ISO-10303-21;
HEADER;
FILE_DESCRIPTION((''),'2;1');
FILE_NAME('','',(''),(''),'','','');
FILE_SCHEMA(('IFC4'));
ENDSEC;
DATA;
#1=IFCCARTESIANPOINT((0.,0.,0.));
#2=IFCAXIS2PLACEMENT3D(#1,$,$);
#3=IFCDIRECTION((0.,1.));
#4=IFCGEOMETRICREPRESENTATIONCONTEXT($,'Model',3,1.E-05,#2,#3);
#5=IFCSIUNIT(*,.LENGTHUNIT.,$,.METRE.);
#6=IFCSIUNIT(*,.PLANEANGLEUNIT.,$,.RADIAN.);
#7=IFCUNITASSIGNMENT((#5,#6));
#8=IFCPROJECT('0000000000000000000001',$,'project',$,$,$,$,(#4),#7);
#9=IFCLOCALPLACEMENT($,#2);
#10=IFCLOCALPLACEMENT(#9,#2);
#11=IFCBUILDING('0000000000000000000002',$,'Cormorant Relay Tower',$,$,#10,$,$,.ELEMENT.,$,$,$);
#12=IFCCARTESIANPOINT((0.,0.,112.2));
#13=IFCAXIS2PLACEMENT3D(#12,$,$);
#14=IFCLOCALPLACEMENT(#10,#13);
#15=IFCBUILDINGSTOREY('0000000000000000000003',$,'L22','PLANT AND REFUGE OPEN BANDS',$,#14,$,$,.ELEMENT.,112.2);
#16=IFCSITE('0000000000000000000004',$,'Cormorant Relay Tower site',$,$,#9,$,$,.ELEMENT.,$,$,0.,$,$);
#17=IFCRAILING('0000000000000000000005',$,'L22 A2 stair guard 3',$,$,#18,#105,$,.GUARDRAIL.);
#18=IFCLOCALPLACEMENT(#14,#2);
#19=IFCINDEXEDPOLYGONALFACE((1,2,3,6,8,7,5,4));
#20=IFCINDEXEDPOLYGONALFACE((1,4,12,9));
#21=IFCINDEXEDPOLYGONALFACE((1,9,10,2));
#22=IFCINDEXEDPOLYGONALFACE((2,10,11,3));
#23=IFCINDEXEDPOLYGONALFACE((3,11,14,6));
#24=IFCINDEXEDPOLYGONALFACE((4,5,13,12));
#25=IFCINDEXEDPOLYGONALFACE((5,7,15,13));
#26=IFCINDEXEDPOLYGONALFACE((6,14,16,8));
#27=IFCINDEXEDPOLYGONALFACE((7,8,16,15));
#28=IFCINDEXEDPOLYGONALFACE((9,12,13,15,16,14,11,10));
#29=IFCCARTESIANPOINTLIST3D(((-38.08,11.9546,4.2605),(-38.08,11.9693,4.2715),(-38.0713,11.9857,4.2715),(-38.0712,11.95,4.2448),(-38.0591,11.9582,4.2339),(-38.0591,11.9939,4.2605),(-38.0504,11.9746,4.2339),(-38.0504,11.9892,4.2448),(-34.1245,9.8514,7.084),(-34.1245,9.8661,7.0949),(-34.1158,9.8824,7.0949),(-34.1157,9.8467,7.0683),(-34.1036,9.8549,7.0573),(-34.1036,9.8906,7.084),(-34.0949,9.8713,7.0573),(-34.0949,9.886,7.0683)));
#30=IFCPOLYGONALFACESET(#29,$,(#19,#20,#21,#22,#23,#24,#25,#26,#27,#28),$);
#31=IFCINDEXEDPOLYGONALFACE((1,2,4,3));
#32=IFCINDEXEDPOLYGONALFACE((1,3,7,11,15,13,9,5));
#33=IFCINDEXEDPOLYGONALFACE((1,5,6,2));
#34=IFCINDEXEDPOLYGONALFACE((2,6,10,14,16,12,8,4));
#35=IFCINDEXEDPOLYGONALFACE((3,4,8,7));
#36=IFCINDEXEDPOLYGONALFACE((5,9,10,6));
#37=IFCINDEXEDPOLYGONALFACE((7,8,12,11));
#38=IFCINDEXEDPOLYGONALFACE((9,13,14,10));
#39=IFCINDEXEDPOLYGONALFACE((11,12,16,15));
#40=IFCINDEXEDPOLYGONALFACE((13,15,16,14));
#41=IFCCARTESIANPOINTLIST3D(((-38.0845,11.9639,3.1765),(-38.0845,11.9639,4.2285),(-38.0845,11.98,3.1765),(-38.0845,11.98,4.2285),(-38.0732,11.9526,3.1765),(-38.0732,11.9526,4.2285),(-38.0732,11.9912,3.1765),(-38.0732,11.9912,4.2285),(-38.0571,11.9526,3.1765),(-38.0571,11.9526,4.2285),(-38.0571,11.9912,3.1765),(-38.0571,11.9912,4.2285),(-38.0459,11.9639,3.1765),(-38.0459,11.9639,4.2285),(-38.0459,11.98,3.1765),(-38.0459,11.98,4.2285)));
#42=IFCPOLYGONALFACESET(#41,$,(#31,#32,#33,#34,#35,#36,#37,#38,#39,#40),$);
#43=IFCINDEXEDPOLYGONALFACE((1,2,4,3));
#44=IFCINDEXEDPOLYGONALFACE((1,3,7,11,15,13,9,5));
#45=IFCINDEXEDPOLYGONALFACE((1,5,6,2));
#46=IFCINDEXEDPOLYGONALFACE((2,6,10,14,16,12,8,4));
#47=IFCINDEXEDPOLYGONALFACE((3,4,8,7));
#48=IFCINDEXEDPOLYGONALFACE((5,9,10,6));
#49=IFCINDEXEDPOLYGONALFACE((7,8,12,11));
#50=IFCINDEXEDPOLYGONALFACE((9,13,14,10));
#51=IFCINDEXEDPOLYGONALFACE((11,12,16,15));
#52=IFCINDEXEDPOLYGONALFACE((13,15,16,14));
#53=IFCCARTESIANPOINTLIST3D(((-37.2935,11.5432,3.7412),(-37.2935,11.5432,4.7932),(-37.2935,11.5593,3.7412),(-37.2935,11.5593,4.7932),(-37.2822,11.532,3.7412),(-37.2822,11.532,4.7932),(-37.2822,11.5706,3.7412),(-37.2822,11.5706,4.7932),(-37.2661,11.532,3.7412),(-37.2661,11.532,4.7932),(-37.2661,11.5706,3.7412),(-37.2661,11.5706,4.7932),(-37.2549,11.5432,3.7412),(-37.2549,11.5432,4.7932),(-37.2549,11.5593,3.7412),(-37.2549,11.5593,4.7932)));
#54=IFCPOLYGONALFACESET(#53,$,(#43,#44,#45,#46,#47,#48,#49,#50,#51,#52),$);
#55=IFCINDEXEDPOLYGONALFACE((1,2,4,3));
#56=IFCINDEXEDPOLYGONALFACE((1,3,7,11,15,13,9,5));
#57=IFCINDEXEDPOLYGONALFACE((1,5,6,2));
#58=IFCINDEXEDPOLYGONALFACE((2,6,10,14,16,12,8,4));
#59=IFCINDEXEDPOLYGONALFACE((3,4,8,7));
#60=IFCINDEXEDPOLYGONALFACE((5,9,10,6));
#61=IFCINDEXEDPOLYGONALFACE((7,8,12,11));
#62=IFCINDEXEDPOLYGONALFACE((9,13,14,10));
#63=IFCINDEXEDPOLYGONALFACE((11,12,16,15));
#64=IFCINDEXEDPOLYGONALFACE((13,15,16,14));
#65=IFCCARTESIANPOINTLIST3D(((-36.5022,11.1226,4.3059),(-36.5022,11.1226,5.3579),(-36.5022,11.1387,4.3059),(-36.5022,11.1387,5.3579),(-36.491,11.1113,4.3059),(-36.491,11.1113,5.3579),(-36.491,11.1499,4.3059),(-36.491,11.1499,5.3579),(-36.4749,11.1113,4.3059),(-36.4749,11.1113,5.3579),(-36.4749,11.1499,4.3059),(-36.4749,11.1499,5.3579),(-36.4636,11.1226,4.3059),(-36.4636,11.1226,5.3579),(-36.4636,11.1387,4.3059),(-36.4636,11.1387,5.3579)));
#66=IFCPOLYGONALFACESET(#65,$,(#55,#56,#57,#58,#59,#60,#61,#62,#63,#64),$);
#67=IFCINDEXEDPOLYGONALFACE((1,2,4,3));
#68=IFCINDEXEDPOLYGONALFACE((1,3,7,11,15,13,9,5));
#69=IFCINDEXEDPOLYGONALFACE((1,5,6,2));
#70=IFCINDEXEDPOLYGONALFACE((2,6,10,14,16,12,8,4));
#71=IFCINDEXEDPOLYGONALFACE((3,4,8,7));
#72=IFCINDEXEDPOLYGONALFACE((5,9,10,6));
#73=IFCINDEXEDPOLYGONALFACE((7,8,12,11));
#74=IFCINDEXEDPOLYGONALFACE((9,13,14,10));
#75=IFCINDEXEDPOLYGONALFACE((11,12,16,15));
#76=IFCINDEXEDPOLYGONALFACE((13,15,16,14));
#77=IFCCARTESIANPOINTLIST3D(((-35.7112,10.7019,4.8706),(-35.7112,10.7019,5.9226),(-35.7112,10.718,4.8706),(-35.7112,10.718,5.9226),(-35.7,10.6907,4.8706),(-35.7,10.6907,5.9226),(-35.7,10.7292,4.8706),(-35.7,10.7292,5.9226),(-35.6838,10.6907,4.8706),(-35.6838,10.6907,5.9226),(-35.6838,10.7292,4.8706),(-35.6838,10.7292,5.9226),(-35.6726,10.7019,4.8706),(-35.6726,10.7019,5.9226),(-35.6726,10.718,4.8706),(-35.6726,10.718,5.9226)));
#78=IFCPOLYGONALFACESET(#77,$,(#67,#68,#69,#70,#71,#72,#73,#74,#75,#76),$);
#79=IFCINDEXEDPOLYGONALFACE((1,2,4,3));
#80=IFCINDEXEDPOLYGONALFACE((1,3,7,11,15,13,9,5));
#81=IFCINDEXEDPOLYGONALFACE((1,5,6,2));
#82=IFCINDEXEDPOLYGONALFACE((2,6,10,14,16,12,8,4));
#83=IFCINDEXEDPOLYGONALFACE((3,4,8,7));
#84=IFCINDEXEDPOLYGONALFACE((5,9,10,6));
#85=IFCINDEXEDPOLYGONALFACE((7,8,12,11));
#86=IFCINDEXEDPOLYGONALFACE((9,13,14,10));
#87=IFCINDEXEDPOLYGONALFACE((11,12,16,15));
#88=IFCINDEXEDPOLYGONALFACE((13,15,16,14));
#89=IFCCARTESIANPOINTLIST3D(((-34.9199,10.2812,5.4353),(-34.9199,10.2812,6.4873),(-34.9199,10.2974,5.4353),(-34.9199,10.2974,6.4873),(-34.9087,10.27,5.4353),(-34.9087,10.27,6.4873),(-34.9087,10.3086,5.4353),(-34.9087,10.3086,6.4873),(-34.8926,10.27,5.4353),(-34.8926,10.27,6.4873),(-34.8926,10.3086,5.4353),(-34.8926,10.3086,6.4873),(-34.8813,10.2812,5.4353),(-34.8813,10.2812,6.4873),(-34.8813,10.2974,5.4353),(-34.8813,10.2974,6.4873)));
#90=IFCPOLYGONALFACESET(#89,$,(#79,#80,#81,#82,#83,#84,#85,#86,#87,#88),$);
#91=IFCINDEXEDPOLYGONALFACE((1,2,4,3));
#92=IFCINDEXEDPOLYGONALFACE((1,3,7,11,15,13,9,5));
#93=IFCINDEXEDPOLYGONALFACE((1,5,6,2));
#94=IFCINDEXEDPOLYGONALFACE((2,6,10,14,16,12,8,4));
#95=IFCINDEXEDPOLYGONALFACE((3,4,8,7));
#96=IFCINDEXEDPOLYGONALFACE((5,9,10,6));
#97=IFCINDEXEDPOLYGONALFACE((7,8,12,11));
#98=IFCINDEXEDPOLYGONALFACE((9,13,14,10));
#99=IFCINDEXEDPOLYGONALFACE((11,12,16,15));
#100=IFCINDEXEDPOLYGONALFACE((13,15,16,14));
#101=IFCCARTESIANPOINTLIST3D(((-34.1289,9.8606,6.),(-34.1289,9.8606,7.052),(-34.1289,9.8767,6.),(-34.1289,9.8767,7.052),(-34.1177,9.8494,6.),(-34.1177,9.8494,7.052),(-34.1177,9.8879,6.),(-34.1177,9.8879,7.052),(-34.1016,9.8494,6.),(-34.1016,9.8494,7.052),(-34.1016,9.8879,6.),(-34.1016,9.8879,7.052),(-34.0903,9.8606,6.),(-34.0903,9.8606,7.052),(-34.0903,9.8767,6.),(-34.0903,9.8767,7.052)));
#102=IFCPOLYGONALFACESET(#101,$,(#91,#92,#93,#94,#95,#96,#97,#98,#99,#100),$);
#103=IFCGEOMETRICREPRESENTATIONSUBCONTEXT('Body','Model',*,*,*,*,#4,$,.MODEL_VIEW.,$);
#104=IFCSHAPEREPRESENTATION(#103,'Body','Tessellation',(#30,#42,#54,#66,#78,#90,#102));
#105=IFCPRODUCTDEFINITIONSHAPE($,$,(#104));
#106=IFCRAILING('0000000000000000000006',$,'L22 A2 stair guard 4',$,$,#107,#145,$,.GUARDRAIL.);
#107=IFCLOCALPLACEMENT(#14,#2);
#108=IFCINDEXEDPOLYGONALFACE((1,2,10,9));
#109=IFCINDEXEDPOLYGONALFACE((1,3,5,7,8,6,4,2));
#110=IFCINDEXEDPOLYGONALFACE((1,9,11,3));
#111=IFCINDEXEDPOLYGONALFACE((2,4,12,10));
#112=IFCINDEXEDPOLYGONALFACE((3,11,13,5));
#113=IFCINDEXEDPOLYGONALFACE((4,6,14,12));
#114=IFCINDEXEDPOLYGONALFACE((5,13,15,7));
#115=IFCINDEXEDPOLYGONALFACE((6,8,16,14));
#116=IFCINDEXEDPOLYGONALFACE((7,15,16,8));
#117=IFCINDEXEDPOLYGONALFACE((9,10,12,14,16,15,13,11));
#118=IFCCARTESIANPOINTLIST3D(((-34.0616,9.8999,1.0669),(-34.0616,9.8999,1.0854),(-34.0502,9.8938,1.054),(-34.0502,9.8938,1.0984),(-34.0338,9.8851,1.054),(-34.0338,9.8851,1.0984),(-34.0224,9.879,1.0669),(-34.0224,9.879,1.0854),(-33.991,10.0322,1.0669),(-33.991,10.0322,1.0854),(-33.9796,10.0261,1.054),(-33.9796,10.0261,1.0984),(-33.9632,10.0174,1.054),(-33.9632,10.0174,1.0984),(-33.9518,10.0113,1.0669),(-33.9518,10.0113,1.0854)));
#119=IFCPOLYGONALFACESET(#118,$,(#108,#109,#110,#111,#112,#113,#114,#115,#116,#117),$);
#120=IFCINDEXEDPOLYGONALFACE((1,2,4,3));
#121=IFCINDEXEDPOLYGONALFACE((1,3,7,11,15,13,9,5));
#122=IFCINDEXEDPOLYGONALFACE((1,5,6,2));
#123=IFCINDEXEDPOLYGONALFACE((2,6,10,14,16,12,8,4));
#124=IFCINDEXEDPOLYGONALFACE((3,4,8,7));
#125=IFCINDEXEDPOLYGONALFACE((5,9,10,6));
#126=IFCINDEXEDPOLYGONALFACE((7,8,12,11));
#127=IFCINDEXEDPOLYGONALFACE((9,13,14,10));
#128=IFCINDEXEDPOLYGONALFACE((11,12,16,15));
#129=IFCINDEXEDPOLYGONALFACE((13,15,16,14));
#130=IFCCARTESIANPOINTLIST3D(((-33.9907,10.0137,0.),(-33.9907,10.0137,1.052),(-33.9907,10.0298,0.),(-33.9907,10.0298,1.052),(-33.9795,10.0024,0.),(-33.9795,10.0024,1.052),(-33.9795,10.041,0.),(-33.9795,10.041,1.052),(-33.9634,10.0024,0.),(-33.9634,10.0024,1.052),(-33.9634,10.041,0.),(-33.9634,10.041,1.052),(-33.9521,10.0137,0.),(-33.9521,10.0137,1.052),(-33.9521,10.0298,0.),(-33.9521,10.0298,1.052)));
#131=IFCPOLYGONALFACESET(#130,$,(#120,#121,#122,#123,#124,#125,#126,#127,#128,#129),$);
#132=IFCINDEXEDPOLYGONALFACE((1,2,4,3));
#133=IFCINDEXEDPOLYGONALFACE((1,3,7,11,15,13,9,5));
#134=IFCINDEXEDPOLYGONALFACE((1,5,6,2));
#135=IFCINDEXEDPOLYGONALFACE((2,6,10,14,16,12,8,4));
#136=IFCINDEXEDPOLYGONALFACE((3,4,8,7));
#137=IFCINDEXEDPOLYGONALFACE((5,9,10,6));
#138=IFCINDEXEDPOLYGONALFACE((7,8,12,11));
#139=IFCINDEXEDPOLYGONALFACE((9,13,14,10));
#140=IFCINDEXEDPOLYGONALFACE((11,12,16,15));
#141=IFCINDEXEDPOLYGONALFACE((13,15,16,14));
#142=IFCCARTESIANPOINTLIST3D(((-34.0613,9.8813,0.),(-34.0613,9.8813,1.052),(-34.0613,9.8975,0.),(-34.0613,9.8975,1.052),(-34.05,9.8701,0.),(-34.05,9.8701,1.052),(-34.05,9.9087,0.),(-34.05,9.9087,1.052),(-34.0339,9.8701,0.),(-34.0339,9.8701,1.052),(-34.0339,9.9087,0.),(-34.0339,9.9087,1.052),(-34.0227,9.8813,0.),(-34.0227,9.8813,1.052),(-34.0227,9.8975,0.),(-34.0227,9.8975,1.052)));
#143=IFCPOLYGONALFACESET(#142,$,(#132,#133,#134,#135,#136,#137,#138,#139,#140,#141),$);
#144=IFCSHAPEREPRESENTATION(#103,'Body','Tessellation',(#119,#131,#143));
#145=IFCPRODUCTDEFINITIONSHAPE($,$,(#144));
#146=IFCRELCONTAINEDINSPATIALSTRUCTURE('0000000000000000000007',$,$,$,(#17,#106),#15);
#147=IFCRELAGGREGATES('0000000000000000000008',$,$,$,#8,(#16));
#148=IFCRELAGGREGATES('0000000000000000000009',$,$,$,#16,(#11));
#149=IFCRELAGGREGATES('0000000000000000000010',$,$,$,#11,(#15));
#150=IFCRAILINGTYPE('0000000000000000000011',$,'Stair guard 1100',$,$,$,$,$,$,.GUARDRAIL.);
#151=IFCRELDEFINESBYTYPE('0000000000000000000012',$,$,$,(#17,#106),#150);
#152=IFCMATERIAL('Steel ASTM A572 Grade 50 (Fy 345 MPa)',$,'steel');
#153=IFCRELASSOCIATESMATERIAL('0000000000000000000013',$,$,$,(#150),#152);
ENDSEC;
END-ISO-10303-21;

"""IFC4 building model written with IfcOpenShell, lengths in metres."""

from ifc_helpers import new_model, si_unit, direction, frame, origin, place, context, subcontext, project, spatial, polyline, outline, extrude, material, type_object, element, save


model = new_model("IFC4")

# Units and contexts
model_context = context("Model", 3, precision=1e-05, world=origin(), true_north=direction((0.0, 1.0)))
body_context = subcontext(model_context, "Body", "Model", "MODEL_VIEW")
ifc_project = project(units=[si_unit("LENGTHUNIT", "METRE"), si_unit("PLANEANGLEUNIT", "RADIAN")], contexts=[model_context])

# Site, building, storey
site_placement = place(None, origin())
site = spatial("IfcSite", under=ifc_project, at=site_placement, Name="Cormorant Relay Tower site", CompositionType="ELEMENT", RefElevation=0.0)
building_placement = place(site_placement, origin())
building = spatial("IfcBuilding", under=site, at=building_placement, Name="Cormorant Relay Tower", CompositionType="ELEMENT")
storey_placement = place(building_placement, frame((0.0, 0.0, 112.2)))
storey = spatial("IfcBuildingStorey", under=building, at=storey_placement, Name="L22", Description="PLANT AND REFUGE OPEN BANDS", CompositionType="ELEMENT", Elevation=112.2)

# Railings
ifc_material_1 = material(Name="Steel ASTM A572 Grade 50 (Fy 345 MPa)", Category="steel")
railing_type_1 = type_object("IfcRailingType", Name="Stair guard 1100", PredefinedType="GUARDRAIL", material=ifc_material_1)
railing_1_placement = place(storey_placement, frame((-38.0652, 11.9719, 3.1765)))
element("IfcRailing", 1, at=railing_1_placement, inside=storey, type_object=railing_type_1, Name="L22 A2 stair guard 3", PredefinedType="GUARDRAIL", context=body_context, shape_type="SweptSolid", body=[
    extrude(outline(polyline([(0.0222, 0.0093), (0.0093, 0.0222), (-0.0093, 0.0222), (-0.0222, 0.0093), (-0.0222, -0.0093), (-0.0093, -0.0222), (0.0093, -0.0222), (0.0222, -0.0093), (0.0222, 0.0093)])), frame((0.0, 0.0, 1.0762), z_axis=(0.746967, -0.397181, 0.533186), x_axis=(0.469482, 0.882942, 0.0)), (0.0, 0.0, 1.0), 5.2954),
    extrude(outline(polyline([(0.0193, 0.0081), (0.0081, 0.0193), (-0.0081, 0.0193), (-0.0193, 0.0081), (-0.0193, -0.0081), (-0.0081, -0.0193), (0.0081, -0.0193), (0.0193, -0.0081), (0.0193, 0.0081)])), origin(), (0.0, 0.0, 1.0), 1.052),
    extrude(outline(polyline([(0.0193, 0.0081), (0.0081, 0.0193), (-0.0081, 0.0193), (-0.0193, 0.0081), (-0.0193, -0.0081), (-0.0081, -0.0193), (0.0081, -0.0193), (0.0193, -0.0081), (0.0193, 0.0081)])), frame((0.791, -0.4207, 0.5647)), (0.0, 0.0, 1.0), 1.052),
    extrude(outline(polyline([(0.0193, 0.0081), (0.0081, 0.0193), (-0.0081, 0.0193), (-0.0193, 0.0081), (-0.0193, -0.0081), (-0.0081, -0.0193), (0.0081, -0.0193), (0.0193, -0.0081), (0.0193, 0.0081)])), frame((1.5823, -0.8413, 1.1294)), (0.0, 0.0, 1.0), 1.052),
    extrude(outline(polyline([(0.0193, 0.0081), (0.0081, 0.0193), (-0.0081, 0.0193), (-0.0193, 0.0081), (-0.0193, -0.0081), (-0.0081, -0.0193), (0.0081, -0.0193), (0.0193, -0.0081), (0.0193, 0.0081)])), frame((2.3733, -1.262, 1.6941)), (0.0, 0.0, 1.0), 1.052),
    extrude(outline(polyline([(0.0193, 0.0081), (0.0081, 0.0193), (-0.0081, 0.0193), (-0.0193, 0.0081), (-0.0193, -0.0081), (-0.0081, -0.0193), (0.0081, -0.0193), (0.0193, -0.0081), (0.0193, 0.0081)])), frame((3.1646, -1.6826, 2.2588)), (0.0, 0.0, 1.0), 1.052),
    extrude(outline(polyline([(0.0193, 0.0081), (0.0081, 0.0193), (-0.0081, 0.0193), (-0.0193, 0.0081), (-0.0193, -0.0081), (-0.0081, -0.0193), (0.0081, -0.0193), (0.0193, -0.0081), (0.0193, 0.0081)])), frame((3.9556, -2.1033, 2.8235)), (0.0, 0.0, 1.0), 1.052),
])
railing_2_placement = place(storey_placement, frame((-33.9714, 10.0217, 0.0)))
element("IfcRailing", 2, at=railing_2_placement, inside=storey, type_object=railing_type_1, Name="L22 A2 stair guard 4", PredefinedType="GUARDRAIL", context=body_context, shape_type="SweptSolid", body=[
    extrude(outline(polyline([(0.0222, 0.0093), (0.0093, 0.0222), (-0.0093, 0.0222), (-0.0222, 0.0093), (-0.0222, -0.0093), (-0.0093, -0.0222), (0.0093, -0.0222), (0.0222, -0.0093), (0.0222, 0.0093)])), frame((0.0, 0.0, 1.0762), z_axis=(-0.470504, -0.882398, 0.0), x_axis=(0.882398, -0.470504, 0.0)), (0.0, 0.0, 1.0), 0.1499),
    extrude(outline(polyline([(0.0193, 0.0081), (0.0081, 0.0193), (-0.0081, 0.0193), (-0.0193, 0.0081), (-0.0193, -0.0081), (-0.0081, -0.0193), (0.0081, -0.0193), (0.0193, -0.0081), (0.0193, 0.0081)])), origin(), (0.0, 0.0, 1.0), 1.052),
    extrude(outline(polyline([(0.0193, 0.0081), (0.0081, 0.0193), (-0.0081, 0.0193), (-0.0193, 0.0081), (-0.0193, -0.0081), (-0.0081, -0.0193), (0.0081, -0.0193), (0.0193, -0.0081), (0.0193, 0.0081)])), frame((-0.0706, -0.1323, 0.0)), (0.0, 0.0, 1.0), 1.052),
])

save(model, "model.ifc")
